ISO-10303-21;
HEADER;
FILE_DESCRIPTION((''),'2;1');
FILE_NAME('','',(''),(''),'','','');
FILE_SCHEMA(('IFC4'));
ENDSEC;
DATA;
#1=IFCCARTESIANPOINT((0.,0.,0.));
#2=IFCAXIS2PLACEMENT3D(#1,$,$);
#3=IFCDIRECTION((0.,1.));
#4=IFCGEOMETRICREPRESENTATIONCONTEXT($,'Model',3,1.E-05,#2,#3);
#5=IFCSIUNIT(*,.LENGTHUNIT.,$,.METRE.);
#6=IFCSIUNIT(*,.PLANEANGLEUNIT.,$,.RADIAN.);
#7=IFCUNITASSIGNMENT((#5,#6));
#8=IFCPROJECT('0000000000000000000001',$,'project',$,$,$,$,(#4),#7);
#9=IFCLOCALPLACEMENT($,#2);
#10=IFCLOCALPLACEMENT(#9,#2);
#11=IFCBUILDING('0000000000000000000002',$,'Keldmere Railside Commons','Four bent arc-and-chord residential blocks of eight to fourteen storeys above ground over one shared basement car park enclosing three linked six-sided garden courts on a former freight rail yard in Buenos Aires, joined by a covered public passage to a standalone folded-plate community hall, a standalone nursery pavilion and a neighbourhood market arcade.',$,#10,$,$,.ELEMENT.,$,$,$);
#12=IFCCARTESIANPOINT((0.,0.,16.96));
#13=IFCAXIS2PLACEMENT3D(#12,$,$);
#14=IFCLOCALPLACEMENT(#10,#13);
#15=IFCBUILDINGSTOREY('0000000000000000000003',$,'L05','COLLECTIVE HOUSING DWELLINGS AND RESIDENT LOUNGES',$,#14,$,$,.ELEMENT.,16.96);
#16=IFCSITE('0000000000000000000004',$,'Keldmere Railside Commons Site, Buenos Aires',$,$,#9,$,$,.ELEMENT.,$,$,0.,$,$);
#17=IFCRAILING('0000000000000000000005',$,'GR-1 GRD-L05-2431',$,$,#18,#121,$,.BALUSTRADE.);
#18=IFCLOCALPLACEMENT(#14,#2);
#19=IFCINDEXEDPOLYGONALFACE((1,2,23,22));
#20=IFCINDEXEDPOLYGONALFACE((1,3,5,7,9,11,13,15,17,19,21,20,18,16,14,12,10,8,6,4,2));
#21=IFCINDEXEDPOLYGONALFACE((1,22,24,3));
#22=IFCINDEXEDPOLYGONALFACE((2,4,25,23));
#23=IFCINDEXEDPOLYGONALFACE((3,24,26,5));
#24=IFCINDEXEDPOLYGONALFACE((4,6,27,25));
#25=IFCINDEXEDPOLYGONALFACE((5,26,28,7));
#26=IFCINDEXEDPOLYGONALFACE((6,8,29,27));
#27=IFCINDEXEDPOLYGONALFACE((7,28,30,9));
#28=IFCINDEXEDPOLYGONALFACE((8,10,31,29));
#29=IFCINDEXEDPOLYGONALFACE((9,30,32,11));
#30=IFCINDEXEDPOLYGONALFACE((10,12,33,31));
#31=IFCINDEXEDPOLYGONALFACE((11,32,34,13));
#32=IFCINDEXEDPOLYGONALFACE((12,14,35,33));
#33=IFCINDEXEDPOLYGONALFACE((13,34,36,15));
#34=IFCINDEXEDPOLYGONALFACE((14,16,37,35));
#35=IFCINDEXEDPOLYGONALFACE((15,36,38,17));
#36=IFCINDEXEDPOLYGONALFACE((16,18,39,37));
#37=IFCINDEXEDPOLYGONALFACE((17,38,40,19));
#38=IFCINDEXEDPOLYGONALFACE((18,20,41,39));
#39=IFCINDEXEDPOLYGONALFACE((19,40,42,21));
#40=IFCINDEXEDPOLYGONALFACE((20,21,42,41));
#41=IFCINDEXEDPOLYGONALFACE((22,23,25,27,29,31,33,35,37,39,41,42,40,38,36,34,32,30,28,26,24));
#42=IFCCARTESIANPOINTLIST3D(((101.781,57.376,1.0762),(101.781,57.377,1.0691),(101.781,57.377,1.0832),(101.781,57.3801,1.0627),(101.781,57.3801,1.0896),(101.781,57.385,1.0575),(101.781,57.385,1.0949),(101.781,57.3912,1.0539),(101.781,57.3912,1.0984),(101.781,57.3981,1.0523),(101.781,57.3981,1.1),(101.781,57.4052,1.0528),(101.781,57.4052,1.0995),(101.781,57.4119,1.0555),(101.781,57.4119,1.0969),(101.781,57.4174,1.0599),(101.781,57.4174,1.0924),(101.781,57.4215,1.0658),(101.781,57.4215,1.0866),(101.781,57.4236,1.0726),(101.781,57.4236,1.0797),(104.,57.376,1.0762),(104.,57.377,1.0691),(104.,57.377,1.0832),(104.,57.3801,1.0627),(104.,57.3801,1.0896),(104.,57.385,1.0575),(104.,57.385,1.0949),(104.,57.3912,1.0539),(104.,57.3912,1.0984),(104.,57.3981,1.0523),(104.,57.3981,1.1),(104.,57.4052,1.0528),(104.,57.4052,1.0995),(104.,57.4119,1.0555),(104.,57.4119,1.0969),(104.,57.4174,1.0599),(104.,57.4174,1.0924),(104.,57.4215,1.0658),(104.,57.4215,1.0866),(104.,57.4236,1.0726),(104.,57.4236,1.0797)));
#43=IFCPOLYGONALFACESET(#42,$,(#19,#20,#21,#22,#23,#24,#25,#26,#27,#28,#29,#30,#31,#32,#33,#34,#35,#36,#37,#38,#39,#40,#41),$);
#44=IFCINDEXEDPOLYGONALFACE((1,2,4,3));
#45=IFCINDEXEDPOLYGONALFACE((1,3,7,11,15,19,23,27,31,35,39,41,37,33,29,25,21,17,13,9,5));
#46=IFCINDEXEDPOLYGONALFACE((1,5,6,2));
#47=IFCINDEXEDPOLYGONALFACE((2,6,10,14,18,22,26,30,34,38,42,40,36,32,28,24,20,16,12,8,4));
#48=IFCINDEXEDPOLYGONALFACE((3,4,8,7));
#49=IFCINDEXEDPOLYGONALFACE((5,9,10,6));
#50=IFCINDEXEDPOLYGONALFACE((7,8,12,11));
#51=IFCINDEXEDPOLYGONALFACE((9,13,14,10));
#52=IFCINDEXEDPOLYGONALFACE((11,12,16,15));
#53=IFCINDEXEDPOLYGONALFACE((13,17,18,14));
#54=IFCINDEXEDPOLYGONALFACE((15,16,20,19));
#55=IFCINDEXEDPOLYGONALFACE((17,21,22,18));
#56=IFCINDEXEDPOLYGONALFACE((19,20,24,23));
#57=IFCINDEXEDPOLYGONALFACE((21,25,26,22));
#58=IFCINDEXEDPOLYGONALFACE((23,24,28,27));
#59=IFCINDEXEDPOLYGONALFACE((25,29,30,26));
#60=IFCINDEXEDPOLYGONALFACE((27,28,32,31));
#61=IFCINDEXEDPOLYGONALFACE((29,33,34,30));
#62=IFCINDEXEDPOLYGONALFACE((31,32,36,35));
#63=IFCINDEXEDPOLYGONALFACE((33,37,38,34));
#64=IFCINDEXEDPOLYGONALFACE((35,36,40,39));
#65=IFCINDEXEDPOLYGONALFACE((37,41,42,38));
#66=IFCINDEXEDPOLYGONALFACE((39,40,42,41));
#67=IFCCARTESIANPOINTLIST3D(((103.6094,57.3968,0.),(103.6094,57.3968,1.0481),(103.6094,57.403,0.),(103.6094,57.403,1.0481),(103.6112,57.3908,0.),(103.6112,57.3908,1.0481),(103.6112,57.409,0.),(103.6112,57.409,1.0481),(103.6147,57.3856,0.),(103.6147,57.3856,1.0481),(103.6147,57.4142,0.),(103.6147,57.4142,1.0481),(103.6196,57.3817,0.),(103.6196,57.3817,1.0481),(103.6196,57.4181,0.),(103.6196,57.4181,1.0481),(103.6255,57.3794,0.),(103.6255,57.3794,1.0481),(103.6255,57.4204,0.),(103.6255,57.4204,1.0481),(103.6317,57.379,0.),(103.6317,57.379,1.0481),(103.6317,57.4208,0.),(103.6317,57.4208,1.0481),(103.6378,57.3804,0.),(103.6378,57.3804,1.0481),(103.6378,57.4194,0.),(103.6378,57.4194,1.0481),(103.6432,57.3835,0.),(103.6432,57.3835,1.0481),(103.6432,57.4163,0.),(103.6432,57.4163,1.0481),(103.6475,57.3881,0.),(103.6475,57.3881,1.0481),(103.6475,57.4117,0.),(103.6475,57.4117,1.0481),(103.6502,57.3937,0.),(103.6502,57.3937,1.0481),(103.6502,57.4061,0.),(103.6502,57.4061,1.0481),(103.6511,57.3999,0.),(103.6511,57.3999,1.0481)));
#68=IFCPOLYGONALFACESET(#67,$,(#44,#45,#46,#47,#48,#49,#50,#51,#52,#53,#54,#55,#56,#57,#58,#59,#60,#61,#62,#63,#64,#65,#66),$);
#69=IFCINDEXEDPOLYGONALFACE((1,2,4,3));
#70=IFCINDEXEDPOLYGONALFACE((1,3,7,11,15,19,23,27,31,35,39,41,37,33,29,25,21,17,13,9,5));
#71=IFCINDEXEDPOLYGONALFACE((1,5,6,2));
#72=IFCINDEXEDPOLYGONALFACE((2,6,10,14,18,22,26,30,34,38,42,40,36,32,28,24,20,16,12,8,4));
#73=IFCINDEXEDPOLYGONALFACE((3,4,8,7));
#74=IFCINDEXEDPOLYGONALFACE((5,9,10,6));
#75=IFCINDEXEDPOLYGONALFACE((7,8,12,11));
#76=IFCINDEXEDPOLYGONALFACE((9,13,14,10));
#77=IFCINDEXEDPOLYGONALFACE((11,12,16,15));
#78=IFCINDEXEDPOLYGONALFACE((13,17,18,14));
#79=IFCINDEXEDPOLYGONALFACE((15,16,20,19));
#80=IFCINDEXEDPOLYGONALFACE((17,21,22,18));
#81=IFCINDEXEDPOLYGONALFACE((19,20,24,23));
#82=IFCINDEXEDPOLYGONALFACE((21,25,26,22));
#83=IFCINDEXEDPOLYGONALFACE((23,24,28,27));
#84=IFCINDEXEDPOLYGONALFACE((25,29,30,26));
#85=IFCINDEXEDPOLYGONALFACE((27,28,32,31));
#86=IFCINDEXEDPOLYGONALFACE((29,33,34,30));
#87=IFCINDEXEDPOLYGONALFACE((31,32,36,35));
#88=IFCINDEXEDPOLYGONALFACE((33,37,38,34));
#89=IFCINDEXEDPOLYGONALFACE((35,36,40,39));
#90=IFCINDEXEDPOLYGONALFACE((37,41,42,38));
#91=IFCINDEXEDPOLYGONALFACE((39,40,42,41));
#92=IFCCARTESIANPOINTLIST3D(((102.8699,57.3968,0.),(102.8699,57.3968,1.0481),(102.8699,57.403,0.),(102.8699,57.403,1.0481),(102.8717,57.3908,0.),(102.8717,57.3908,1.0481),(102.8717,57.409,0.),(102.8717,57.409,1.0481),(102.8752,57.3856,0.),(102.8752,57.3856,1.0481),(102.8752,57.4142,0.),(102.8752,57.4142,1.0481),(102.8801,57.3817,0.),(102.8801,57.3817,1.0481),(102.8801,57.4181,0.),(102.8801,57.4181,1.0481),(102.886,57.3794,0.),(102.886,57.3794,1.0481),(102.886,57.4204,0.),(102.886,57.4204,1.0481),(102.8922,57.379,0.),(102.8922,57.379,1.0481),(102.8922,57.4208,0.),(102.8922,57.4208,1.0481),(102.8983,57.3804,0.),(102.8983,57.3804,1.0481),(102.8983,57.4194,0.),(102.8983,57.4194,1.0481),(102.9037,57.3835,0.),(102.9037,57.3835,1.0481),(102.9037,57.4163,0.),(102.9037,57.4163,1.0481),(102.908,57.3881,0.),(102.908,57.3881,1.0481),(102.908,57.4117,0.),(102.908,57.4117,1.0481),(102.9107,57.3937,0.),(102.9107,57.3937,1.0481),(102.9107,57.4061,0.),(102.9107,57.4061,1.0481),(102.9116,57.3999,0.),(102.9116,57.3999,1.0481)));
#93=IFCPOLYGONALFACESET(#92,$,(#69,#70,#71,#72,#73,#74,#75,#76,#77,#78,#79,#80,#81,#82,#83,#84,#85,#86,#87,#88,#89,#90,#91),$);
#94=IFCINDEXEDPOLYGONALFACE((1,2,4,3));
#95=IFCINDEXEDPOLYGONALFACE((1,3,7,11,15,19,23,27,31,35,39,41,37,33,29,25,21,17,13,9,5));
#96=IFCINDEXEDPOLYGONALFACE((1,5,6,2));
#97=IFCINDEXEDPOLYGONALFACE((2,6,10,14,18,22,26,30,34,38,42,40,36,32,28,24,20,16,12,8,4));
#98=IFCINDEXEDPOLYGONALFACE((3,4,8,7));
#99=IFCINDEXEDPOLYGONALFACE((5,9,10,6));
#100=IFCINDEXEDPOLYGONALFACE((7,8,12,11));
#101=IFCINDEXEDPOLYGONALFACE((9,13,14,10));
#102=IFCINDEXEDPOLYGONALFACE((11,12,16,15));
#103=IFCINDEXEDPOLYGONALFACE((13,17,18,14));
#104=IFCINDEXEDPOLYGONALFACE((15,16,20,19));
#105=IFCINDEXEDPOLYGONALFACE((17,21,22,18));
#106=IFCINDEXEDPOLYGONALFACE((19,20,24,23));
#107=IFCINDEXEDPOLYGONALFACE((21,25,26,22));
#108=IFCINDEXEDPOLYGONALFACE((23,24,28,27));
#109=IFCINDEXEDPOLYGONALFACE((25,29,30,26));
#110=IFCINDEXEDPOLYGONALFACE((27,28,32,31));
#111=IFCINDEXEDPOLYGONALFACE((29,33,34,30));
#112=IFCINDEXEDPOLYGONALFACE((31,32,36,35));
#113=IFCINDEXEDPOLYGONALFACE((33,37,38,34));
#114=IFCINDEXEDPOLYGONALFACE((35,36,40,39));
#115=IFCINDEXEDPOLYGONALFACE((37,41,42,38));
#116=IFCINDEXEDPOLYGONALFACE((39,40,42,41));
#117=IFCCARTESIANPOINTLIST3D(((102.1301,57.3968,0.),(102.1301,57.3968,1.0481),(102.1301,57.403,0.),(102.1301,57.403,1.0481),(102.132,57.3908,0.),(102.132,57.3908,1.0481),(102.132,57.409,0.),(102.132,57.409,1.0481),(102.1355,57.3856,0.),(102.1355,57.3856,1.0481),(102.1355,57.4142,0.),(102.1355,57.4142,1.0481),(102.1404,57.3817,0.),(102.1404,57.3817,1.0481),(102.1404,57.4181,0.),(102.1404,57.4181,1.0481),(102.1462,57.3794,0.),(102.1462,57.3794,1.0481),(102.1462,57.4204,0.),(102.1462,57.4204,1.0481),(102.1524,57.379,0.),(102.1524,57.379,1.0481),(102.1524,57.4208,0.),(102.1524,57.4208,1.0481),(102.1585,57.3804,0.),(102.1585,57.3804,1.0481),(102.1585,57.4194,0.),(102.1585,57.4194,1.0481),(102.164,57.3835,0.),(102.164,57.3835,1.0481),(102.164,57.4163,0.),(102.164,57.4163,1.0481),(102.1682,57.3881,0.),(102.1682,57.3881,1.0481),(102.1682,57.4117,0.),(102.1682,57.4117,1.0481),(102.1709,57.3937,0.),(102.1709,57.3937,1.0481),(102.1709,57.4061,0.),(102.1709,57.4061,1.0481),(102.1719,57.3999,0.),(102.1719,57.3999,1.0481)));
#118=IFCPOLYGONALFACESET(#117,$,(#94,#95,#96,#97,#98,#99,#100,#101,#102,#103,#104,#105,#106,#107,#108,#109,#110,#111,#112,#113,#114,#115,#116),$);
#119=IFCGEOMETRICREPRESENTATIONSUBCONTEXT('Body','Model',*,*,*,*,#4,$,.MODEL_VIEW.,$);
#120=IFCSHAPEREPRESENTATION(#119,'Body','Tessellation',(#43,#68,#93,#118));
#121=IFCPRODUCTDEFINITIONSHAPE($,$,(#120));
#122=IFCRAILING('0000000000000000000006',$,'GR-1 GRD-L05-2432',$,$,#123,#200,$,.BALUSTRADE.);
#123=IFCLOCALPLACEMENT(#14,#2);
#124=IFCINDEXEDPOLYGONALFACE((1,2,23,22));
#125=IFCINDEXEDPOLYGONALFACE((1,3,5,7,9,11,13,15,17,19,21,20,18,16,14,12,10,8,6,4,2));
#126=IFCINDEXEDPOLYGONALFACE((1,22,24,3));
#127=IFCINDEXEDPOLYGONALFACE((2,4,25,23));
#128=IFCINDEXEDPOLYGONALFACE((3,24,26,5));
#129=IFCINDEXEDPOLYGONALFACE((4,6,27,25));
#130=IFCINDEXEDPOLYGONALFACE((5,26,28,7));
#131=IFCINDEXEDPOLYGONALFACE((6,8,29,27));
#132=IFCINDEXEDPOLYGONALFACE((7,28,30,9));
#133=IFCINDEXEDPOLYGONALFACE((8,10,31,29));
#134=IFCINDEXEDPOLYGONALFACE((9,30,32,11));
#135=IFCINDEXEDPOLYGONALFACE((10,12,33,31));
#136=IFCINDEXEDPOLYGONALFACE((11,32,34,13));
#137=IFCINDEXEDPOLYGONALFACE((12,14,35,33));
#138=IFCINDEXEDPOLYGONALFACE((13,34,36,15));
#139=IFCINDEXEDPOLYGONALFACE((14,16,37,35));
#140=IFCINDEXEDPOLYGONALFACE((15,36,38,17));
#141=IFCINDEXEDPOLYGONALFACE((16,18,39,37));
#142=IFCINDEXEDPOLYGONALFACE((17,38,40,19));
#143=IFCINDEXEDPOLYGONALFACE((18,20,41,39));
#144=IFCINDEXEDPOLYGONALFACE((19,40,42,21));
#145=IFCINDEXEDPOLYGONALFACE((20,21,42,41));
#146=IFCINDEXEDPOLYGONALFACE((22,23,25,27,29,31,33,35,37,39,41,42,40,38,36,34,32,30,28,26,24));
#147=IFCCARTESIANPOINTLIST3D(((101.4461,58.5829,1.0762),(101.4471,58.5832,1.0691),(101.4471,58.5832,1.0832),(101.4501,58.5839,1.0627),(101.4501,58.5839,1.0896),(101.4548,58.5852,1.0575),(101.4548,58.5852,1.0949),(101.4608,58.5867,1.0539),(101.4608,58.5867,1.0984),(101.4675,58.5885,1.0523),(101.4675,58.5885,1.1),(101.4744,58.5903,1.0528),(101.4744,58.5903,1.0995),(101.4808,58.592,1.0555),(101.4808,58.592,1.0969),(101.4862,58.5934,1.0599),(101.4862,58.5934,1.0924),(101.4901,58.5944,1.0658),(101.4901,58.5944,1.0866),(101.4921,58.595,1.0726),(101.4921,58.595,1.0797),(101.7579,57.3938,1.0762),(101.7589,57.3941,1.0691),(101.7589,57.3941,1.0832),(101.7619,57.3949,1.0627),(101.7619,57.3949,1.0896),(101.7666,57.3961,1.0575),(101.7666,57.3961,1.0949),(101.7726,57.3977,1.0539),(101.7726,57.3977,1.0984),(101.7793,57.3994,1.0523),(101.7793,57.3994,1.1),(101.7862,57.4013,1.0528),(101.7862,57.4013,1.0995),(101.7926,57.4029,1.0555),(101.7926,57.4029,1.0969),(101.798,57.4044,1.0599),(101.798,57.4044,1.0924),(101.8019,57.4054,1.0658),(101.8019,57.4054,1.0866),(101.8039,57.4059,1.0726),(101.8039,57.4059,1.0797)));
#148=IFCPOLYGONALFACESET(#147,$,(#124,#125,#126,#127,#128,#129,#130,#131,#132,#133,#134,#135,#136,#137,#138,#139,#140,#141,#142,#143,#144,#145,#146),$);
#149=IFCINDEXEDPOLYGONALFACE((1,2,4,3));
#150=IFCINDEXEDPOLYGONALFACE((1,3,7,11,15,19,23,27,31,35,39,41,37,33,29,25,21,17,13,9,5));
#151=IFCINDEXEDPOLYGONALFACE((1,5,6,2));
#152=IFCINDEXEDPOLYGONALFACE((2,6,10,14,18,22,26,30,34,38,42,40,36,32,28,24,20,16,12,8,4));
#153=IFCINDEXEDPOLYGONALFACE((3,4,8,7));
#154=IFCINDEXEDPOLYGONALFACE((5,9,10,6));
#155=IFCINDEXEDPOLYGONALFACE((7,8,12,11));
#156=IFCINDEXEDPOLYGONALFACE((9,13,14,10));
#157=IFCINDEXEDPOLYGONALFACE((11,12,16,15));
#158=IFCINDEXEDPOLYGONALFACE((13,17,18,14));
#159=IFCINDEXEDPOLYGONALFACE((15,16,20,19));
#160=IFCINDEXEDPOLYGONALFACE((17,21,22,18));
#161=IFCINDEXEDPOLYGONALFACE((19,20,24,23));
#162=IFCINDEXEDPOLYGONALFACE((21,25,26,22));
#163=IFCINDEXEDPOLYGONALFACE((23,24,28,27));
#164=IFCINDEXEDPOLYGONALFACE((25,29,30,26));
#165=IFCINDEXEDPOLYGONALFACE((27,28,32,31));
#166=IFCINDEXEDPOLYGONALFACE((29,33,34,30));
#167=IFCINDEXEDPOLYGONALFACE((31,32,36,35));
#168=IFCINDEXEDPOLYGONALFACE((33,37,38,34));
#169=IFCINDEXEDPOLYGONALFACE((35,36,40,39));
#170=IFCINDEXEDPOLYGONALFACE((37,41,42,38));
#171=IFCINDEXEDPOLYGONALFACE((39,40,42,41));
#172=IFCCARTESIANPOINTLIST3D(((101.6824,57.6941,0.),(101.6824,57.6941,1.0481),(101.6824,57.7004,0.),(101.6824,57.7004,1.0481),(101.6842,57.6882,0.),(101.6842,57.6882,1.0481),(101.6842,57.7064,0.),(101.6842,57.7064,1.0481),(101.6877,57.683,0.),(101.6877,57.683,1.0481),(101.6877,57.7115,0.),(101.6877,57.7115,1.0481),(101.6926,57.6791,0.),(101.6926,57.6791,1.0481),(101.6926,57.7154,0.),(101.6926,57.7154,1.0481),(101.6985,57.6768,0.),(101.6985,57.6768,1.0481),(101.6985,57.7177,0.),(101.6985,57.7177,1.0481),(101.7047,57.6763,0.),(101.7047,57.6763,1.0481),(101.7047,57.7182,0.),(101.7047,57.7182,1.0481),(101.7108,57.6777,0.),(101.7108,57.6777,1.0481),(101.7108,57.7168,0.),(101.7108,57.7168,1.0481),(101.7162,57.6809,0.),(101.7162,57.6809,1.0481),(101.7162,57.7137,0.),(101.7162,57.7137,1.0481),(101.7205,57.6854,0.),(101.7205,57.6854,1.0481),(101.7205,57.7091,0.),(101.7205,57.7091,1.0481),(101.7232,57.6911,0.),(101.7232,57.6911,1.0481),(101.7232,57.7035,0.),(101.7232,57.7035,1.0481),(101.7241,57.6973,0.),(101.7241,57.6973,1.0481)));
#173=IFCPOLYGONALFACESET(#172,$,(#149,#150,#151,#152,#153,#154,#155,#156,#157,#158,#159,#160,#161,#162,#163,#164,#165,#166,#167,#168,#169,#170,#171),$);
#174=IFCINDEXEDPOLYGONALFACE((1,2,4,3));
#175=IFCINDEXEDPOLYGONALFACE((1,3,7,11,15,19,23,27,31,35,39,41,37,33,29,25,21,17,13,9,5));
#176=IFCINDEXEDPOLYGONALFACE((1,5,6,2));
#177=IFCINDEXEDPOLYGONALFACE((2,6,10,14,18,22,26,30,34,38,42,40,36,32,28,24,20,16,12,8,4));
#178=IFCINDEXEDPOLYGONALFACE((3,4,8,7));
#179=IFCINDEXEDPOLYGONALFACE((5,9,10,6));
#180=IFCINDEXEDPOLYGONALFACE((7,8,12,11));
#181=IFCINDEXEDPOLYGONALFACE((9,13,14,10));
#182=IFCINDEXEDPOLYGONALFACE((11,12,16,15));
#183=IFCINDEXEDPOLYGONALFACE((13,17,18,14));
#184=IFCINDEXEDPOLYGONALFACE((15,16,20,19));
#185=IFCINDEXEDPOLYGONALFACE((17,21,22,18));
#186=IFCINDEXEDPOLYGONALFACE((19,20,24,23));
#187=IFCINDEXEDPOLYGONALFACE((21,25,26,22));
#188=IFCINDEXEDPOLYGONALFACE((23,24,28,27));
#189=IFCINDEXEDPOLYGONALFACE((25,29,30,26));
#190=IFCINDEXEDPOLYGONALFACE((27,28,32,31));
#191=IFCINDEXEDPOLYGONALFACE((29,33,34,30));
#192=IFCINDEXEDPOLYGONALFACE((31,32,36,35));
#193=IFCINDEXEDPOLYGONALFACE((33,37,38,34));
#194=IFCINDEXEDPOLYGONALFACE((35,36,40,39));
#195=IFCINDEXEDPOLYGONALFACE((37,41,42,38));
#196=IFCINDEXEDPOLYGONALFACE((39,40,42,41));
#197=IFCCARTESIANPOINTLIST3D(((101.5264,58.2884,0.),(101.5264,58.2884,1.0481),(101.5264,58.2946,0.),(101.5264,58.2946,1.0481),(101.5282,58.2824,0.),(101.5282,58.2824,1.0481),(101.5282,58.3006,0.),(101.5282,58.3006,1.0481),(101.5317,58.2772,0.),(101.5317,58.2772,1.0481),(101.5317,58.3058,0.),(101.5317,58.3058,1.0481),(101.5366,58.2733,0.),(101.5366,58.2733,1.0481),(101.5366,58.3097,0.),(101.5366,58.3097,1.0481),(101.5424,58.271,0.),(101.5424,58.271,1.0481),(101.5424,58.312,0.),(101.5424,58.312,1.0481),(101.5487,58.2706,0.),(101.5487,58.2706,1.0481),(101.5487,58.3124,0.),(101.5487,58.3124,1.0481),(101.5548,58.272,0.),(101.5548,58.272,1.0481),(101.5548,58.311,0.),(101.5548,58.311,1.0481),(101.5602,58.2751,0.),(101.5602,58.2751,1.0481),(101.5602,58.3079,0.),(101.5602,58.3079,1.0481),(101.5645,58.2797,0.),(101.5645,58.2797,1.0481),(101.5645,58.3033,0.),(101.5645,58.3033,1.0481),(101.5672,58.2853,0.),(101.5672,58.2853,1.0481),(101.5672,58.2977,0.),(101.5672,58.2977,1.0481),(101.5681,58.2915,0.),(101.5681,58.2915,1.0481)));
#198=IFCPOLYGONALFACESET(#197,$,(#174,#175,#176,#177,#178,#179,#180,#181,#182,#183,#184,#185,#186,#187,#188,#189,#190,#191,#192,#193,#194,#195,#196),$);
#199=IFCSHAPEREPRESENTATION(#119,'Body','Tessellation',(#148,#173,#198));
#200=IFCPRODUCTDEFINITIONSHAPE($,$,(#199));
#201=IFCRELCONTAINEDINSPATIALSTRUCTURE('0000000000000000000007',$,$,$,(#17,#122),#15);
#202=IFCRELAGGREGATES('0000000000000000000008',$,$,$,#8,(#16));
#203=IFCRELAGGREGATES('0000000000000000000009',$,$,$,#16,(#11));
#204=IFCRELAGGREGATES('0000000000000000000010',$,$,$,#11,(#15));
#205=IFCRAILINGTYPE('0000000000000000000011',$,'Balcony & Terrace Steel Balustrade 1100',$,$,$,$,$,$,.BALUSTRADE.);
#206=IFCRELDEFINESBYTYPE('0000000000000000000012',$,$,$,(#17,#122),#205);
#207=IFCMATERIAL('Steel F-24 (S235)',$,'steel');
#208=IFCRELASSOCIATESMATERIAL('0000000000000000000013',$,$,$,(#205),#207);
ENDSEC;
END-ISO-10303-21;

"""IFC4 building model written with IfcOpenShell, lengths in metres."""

from ifc_helpers import new_model, si_unit, direction, frame, origin, origin_2d, place, context, subcontext, project, spatial, circle, extrude, material, type_object, element, save


model = new_model("IFC4")

# Units and contexts
model_context = context("Model", 3, precision=1e-05, world=origin(), true_north=direction((0.0, 1.0)))
body_context = subcontext(model_context, "Body", "Model", "MODEL_VIEW")
ifc_project = project(units=[si_unit("LENGTHUNIT", "METRE"), si_unit("PLANEANGLEUNIT", "RADIAN")], contexts=[model_context])

# Site, building, storey
site_placement = place(None, origin())
site = spatial("IfcSite", under=ifc_project, at=site_placement, Name="Keldmere Railside Commons Site, Buenos Aires", CompositionType="ELEMENT", RefElevation=0.0)
building_placement = place(site_placement, origin())
building = spatial("IfcBuilding", under=site, at=building_placement, Name="Keldmere Railside Commons", Description="Four bent arc-and-chord residential blocks of eight to fourteen storeys above ground over one shared basement car park enclosing three linked six-sided garden courts on a former freight rail yard in Buenos Aires, joined by a covered public passage to a standalone folded-plate community hall, a standalone nursery pavilion and a neighbourhood market arcade.", CompositionType="ELEMENT")
storey_placement = place(building_placement, frame((0.0, 0.0, 16.96)))
storey = spatial("IfcBuildingStorey", under=building, at=storey_placement, Name="L05", Description="COLLECTIVE HOUSING DWELLINGS AND RESIDENT LOUNGES", CompositionType="ELEMENT", Elevation=16.96)

# Railings
ifc_material_1 = material(Name="Steel F-24 (S235)", Category="steel")
railing_type = type_object("IfcRailingType", Name="Balcony & Terrace Steel Balustrade 1100", PredefinedType="BALUSTRADE", material=ifc_material_1)
railing_1_placement = place(storey_placement, frame((104.0, 57.3999, 0.0)))
element("IfcRailing", 1, at=railing_1_placement, inside=storey, type_object=railing_type, Name="GR-1 GRD-L05-2431", PredefinedType="BALUSTRADE", context=body_context, shape_type="SweptSolid", body=[
    extrude(circle(Radius=0.0239, at=origin_2d()), frame((0.0, 0.0, 1.0762), z_axis=(-1.0, 0.0, 0.0), x_axis=(0.0, -1.0, 0.0)), (0.0, 0.0, 1.0), 2.219),
    extrude(circle(Radius=0.021, at=origin_2d()), frame((-0.3699, 0.0, 0.0)), (0.0, 0.0, 1.0), 1.0481),
    extrude(circle(Radius=0.021, at=origin_2d()), frame((-1.1094, 0.0, 0.0)), (0.0, 0.0, 1.0), 1.0481),
    extrude(circle(Radius=0.021, at=origin_2d()), frame((-1.8491, 0.0, 0.0)), (0.0, 0.0, 1.0), 1.0481),
])
railing_2_placement = place(storey_placement, frame((101.781, 57.3999, 0.0)))
element("IfcRailing", 2, at=railing_2_placement, inside=storey, type_object=railing_type, Name="GR-1 GRD-L05-2432", PredefinedType="BALUSTRADE", context=body_context, shape_type="SweptSolid", body=[
    extrude(circle(Radius=0.0239, at=origin_2d()), frame((0.0, 0.0, 1.0762), z_axis=(-0.253643, 0.967298, 0.0), x_axis=(-0.967298, -0.253643, 0.0)), (0.0, 0.0, 1.0), 1.2292),
    extrude(circle(Radius=0.021, at=origin_2d()), frame((-0.0779, 0.2974, 0.0)), (0.0, 0.0, 1.0), 1.0481),
    extrude(circle(Radius=0.021, at=origin_2d()), frame((-0.2339, 0.8916, 0.0)), (0.0, 0.0, 1.0), 1.0481),
])

save(model, "model.ifc")
